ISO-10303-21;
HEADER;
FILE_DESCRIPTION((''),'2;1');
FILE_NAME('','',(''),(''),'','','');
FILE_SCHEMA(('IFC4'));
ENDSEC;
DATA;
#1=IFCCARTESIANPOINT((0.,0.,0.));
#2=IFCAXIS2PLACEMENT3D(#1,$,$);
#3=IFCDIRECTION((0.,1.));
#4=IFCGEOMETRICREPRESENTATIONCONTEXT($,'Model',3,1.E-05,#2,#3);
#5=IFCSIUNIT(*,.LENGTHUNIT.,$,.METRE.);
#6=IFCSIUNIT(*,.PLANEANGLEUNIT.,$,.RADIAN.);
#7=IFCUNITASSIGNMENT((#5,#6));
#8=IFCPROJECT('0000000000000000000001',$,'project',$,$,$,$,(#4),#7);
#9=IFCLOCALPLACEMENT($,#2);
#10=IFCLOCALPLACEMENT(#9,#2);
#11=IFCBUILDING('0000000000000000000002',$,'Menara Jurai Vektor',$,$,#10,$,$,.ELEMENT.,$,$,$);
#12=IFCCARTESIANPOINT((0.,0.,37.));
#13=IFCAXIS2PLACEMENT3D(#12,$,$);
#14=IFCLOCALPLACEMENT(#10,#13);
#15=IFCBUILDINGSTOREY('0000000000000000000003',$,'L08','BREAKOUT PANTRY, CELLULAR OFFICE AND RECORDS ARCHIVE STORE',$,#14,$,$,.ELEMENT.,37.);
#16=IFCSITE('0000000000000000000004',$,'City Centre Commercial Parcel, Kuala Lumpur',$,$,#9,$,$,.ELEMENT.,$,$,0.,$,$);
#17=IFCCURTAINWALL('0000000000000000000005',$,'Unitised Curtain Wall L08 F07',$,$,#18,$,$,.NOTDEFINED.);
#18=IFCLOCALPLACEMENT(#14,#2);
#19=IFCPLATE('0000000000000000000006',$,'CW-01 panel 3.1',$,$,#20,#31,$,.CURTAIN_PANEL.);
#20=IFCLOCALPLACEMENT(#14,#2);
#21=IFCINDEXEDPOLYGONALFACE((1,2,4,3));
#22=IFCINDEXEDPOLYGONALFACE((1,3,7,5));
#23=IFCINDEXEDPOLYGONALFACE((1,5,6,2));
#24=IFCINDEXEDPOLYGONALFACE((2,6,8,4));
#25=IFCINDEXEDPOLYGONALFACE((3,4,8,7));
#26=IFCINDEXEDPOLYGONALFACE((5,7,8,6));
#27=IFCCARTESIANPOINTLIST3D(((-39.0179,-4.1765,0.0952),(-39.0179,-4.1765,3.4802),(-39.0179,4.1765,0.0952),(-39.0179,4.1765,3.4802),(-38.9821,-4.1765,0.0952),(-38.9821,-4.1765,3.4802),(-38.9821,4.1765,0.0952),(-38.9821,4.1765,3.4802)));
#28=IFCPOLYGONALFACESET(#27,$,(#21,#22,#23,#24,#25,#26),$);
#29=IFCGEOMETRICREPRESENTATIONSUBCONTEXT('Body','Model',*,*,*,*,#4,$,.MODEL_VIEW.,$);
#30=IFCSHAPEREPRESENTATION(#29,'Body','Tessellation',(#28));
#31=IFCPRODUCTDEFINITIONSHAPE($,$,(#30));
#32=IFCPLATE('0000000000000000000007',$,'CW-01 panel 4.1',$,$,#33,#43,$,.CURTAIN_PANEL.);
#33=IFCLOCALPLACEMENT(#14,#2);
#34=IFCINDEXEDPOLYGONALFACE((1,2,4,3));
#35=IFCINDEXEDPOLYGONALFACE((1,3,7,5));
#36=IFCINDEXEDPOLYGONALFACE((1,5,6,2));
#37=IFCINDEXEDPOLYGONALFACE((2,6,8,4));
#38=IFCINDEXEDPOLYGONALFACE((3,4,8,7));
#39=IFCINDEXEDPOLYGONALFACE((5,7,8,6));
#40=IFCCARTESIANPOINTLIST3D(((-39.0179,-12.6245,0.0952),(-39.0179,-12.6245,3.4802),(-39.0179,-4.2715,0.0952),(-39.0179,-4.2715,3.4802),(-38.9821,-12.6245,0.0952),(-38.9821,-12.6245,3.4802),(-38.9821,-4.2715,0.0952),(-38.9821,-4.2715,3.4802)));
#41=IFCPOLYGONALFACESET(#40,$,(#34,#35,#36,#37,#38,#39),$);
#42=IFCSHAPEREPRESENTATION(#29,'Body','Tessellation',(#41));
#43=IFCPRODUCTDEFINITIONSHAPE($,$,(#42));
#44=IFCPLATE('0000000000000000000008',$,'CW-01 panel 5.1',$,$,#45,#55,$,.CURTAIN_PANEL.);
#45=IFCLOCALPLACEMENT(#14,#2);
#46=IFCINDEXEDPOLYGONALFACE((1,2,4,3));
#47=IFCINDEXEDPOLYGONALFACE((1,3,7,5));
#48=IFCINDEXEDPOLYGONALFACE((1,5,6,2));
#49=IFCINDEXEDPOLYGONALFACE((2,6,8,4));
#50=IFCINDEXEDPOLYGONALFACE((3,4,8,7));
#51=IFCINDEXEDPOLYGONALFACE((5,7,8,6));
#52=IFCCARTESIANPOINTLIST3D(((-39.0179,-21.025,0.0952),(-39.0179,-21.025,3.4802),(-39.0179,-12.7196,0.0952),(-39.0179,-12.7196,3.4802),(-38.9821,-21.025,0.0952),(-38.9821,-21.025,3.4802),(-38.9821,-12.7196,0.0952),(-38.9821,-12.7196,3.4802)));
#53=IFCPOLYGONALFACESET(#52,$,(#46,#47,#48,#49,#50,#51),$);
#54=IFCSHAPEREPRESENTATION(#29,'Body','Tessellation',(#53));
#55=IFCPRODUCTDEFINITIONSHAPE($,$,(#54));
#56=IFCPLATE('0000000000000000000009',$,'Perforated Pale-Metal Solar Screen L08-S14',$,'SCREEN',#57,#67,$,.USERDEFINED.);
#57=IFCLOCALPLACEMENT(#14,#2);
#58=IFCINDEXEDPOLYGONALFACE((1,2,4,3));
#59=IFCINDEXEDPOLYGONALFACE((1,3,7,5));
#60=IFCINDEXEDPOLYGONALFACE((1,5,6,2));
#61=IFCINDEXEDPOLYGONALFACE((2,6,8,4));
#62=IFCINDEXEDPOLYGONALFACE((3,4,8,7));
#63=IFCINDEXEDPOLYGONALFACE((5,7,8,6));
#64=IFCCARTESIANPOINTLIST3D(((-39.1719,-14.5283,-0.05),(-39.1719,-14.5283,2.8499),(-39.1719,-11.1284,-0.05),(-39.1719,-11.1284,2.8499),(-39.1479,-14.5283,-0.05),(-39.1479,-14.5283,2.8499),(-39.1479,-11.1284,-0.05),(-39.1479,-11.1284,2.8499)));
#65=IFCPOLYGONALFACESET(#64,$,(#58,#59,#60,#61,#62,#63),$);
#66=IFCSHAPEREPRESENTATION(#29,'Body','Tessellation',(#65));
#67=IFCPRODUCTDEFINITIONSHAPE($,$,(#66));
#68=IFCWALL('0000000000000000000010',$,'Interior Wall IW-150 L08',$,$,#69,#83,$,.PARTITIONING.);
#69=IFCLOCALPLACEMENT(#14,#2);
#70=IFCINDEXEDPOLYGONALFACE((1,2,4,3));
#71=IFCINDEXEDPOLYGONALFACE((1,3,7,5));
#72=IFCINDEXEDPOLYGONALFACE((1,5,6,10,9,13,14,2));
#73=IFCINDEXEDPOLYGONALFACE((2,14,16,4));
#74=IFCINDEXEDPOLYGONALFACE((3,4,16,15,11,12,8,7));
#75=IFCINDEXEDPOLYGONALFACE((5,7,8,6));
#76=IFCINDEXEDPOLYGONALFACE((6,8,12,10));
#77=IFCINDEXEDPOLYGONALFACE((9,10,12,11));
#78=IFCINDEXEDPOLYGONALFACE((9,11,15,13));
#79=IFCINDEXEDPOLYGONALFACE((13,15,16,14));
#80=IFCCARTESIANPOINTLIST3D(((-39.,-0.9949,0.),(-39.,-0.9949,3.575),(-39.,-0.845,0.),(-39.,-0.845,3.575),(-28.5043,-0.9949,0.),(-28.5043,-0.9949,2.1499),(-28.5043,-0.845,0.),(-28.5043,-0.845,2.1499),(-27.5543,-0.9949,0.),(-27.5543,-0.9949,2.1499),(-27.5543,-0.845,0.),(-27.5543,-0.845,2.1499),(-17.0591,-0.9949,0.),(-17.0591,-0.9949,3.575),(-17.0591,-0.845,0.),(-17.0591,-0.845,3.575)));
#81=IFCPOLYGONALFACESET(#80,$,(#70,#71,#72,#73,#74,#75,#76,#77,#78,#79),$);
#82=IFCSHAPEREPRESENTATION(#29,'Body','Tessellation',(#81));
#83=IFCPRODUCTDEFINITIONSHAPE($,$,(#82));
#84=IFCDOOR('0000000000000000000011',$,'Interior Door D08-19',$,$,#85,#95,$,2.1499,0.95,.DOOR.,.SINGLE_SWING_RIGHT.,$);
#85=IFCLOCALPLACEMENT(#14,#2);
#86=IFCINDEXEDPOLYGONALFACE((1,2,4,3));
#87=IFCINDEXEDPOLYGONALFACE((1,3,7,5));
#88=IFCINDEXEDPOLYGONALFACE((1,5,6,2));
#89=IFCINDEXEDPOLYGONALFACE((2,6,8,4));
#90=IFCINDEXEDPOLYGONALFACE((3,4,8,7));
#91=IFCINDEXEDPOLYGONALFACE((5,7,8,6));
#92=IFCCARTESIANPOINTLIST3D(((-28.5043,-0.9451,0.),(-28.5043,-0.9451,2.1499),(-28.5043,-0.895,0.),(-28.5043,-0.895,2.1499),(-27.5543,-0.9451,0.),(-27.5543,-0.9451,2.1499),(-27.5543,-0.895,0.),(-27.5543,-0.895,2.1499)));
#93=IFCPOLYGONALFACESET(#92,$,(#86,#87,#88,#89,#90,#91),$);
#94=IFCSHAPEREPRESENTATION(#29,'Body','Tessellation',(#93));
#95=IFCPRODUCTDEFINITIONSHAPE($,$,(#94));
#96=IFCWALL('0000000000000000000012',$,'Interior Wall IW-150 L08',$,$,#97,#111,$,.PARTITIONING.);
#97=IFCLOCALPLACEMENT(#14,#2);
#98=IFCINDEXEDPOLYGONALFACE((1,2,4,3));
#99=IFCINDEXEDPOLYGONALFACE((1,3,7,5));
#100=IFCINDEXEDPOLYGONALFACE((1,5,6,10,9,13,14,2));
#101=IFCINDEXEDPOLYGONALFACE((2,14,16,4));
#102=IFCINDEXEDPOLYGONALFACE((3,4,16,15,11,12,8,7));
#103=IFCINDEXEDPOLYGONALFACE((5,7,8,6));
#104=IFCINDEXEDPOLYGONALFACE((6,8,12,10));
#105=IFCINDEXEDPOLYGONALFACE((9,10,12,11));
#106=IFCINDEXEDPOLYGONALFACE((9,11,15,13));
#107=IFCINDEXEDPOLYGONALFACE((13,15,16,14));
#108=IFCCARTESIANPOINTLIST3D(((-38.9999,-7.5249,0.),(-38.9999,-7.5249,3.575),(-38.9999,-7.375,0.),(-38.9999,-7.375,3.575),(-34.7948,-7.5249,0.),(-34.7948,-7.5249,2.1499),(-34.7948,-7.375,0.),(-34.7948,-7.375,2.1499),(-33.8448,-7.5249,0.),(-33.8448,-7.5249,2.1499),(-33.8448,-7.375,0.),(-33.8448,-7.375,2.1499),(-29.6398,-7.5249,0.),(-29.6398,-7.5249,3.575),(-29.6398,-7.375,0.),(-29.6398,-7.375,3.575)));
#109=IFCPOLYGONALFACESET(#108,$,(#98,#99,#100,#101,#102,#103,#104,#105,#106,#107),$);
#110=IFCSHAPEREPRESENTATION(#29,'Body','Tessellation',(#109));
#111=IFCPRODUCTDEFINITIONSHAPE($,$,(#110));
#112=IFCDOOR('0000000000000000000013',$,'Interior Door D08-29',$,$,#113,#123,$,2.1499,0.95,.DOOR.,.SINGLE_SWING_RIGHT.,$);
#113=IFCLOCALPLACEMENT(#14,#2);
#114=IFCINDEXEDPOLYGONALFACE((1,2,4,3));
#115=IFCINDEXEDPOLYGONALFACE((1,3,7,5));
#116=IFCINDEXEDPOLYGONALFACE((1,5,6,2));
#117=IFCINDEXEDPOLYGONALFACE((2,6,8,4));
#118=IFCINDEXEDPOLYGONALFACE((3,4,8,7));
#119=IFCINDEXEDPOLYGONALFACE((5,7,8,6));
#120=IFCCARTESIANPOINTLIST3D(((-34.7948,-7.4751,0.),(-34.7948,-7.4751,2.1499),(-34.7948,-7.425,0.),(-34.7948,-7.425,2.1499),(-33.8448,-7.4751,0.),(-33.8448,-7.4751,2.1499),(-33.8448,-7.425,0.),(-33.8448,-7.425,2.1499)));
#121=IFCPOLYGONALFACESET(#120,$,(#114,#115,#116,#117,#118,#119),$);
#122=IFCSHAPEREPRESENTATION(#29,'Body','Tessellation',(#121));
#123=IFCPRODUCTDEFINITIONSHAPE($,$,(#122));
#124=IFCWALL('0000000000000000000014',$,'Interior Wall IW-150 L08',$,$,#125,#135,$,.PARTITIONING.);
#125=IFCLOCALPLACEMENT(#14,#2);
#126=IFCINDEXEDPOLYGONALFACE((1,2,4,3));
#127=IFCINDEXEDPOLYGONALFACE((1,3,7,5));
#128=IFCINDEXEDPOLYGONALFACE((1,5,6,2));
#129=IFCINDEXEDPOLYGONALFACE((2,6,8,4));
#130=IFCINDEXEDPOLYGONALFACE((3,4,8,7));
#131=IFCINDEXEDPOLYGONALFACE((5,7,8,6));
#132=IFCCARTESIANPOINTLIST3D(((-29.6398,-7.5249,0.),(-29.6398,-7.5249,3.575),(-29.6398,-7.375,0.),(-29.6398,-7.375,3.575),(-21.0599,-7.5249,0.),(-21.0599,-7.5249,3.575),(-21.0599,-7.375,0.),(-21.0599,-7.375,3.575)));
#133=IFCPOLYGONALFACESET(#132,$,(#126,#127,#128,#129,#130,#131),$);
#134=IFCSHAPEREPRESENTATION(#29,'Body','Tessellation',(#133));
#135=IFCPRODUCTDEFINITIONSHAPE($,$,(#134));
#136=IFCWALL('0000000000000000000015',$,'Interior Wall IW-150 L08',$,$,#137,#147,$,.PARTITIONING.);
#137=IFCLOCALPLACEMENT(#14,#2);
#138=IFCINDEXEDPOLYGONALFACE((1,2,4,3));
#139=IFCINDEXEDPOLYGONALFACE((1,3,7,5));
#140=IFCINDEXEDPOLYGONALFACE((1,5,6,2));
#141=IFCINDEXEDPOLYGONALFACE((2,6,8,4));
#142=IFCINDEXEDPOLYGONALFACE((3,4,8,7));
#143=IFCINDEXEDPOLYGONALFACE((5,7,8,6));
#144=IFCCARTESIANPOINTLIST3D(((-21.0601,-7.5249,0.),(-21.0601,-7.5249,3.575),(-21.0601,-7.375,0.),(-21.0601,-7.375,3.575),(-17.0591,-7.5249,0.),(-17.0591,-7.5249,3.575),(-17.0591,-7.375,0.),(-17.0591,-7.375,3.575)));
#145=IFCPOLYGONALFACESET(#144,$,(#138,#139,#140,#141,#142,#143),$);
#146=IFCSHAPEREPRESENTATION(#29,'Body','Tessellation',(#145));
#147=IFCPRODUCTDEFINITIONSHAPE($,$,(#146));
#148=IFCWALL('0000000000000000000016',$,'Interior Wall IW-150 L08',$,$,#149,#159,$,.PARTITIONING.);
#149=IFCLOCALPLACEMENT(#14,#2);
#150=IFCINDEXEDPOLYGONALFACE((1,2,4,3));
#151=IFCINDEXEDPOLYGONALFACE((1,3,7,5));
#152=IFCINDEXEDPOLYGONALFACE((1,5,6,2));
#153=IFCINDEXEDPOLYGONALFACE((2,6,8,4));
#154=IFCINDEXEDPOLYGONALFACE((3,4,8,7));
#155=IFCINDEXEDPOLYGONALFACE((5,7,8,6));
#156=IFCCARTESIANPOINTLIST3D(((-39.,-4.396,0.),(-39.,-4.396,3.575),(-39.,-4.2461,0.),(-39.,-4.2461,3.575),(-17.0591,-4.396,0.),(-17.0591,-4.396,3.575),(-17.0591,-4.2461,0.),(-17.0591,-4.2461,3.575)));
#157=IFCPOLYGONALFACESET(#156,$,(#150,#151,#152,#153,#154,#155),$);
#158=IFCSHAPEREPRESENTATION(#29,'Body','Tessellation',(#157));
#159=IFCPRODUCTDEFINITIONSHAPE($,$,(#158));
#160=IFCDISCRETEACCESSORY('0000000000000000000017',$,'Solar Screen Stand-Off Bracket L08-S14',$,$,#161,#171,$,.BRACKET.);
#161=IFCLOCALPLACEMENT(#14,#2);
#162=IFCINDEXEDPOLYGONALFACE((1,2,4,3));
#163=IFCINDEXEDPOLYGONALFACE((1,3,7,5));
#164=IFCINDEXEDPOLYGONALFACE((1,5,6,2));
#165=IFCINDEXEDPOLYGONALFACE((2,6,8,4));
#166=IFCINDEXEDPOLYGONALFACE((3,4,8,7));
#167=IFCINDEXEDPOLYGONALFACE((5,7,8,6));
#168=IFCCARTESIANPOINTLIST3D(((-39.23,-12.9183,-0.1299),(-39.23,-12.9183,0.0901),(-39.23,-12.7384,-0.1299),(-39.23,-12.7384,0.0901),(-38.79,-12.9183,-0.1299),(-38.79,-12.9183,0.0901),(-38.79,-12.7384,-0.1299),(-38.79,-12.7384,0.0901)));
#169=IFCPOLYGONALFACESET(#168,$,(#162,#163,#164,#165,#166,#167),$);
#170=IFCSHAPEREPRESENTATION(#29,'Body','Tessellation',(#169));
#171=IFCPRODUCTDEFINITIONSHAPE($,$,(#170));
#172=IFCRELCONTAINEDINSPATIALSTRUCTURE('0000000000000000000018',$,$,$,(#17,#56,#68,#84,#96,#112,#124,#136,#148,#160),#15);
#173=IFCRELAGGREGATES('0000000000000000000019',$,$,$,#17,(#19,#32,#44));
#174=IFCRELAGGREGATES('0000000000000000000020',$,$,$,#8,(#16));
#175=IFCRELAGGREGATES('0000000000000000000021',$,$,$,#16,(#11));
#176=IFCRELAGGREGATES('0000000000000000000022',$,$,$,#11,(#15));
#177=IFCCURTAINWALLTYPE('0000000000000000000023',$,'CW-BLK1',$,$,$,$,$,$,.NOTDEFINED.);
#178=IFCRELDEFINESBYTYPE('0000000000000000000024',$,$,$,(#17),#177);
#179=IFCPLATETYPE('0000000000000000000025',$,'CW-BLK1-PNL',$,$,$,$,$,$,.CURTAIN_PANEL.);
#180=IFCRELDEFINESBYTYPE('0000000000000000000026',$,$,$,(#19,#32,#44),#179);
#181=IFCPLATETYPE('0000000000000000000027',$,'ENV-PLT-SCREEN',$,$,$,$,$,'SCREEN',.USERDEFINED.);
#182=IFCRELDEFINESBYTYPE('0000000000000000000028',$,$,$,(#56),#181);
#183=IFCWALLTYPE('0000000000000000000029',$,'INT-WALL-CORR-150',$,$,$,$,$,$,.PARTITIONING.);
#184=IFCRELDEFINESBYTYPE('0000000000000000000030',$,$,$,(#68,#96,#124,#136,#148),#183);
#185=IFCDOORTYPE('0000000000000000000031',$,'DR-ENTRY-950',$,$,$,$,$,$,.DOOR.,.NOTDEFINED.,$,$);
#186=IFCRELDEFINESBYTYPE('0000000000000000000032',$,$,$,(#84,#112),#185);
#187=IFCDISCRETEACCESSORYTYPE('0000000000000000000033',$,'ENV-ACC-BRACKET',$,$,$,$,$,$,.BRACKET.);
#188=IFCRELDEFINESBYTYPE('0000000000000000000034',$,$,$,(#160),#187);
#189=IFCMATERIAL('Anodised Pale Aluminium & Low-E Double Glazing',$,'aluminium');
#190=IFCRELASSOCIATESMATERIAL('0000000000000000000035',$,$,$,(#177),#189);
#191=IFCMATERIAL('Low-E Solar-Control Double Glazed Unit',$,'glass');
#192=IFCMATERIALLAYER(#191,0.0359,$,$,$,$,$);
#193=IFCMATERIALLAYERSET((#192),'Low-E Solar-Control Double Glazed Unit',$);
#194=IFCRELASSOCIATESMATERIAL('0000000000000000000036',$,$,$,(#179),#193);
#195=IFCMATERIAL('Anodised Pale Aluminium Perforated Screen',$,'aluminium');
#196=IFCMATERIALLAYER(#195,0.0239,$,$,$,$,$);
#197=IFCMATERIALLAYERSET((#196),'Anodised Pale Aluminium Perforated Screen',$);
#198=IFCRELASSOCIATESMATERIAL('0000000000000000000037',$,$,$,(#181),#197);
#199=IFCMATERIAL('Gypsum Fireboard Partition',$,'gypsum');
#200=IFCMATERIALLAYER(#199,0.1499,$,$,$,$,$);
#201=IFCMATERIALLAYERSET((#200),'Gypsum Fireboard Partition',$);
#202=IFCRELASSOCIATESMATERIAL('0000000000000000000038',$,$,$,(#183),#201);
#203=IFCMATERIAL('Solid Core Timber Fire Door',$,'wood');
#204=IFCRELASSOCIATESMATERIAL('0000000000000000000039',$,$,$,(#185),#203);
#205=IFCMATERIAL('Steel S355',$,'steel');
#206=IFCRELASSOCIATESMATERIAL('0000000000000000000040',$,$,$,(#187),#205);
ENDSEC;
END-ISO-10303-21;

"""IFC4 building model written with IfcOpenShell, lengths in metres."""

from ifc_helpers import new_model, si_unit, direction, frame, frame_2d, origin, origin_2d, place, context, subcontext, project, spatial, rectangle, extrude, material, layer, layer_set, type_object, element, fill, aggregate, save


model = new_model("IFC4")

# Units and contexts
model_context = context("Model", 3, precision=1e-05, world=origin(), true_north=direction((0.0, 1.0)))
body_context = subcontext(model_context, "Body", "Model", "MODEL_VIEW")
ifc_project = project(units=[si_unit("LENGTHUNIT", "METRE"), si_unit("PLANEANGLEUNIT", "RADIAN")], contexts=[model_context])

# Site, building, storey
site_placement = place(None, origin())
site = spatial("IfcSite", under=ifc_project, at=site_placement, Name="City Centre Commercial Parcel, Kuala Lumpur", CompositionType="ELEMENT", RefElevation=0.0)
building_placement = place(site_placement, origin())
building = spatial("IfcBuilding", under=site, at=building_placement, Name="Menara Jurai Vektor", CompositionType="ELEMENT")
storey_placement = place(building_placement, frame((0.0, 0.0, 37.0)))
storey = spatial("IfcBuildingStorey", under=building, at=storey_placement, Name="L08", Description="BREAKOUT PANTRY, CELLULAR OFFICE AND RECORDS ARCHIVE STORE", CompositionType="ELEMENT", Elevation=37.0)

# Curtain wall
ifc_material_1 = material(Name="Anodised Pale Aluminium & Low-E Double Glazing", Category="aluminium")
curtain_wall_type = type_object("IfcCurtainWallType", Name="CW-BLK1", PredefinedType="NOTDEFINED", material=ifc_material_1)
curtain_wall_placement = place(storey_placement, origin())
curtain_wall = element("IfcCurtainWall", 1, at=curtain_wall_placement, inside=storey, type_object=curtain_wall_type, Name="Unitised Curtain Wall L08 F07", PredefinedType="NOTDEFINED")

# Shared definitions
ifc_material_2 = material(Name="Steel S355", Category="steel")

# Plates
ifc_material_3 = material(Name="Low-E Solar-Control Double Glazed Unit", Category="glass")
ifc_layer_1 = layer(ifc_material_3, 0.0359)
ifc_layer_set_1 = layer_set([ifc_layer_1], Name="Low-E Solar-Control Double Glazed Unit")
plate_type_1 = type_object("IfcPlateType", Name="CW-BLK1-PNL", PredefinedType="CURTAIN_PANEL", material=ifc_layer_set_1)
plate_1_placement = place(storey_placement, frame((-39.0, 0.0, 0.0952), z_axis=(0.0, 0.0, 1.0), x_axis=(0.0, -1.0, 0.0)))
plate_1 = element("IfcPlate", 2, at=plate_1_placement, type_object=plate_type_1, Name="CW-01 panel 3.1", PredefinedType="CURTAIN_PANEL", context=body_context, shape_type="SweptSolid", body=[
    extrude(rectangle(XDim=8.353, YDim=0.0359, at=origin_2d()), origin(), (0.0, 0.0, 1.0), 3.385),
])
plate_2_placement = place(storey_placement, frame((-39.0, -8.448, 0.0952), z_axis=(0.0, 0.0, 1.0), x_axis=(0.0, -1.0, 0.0)))
plate_2 = element("IfcPlate", 3, at=plate_2_placement, type_object=plate_type_1, Name="CW-01 panel 4.1", PredefinedType="CURTAIN_PANEL", context=body_context, shape_type="SweptSolid", body=[
    extrude(rectangle(XDim=8.353, YDim=0.0359, at=origin_2d()), origin(), (0.0, 0.0, 1.0), 3.385),
])
plate_3_placement = place(storey_placement, frame((-39.0, -16.8723, 0.0952), z_axis=(0.0, 0.0, 1.0), x_axis=(0.0, -1.0, 0.0)))
plate_3 = element("IfcPlate", 4, at=plate_3_placement, type_object=plate_type_1, Name="CW-01 panel 5.1", PredefinedType="CURTAIN_PANEL", context=body_context, shape_type="SweptSolid", body=[
    extrude(rectangle(XDim=8.3054, YDim=0.0359, at=origin_2d()), origin(), (0.0, 0.0, 1.0), 3.385),
])
aggregate(curtain_wall, [plate_1, plate_2, plate_3])
ifc_material_4 = material(Name="Anodised Pale Aluminium Perforated Screen", Category="aluminium")
ifc_layer_2 = layer(ifc_material_4, 0.0239)
ifc_layer_set_2 = layer_set([ifc_layer_2], Name="Anodised Pale Aluminium Perforated Screen")
plate_type_2 = type_object("IfcPlateType", Name="ENV-PLT-SCREEN", ElementType="SCREEN", PredefinedType="USERDEFINED", material=ifc_layer_set_2)
plate_4_placement = place(storey_placement, frame((-39.1599, -12.8284, -0.05), z_axis=(0.0, 0.0, 1.0), x_axis=(0.0, -1.0, 0.0)))
element("IfcPlate", 5, at=plate_4_placement, inside=storey, type_object=plate_type_2, Name="Perforated Pale-Metal Solar Screen L08-S14", ObjectType="SCREEN", PredefinedType="USERDEFINED", context=body_context, shape_type="SweptSolid", body=[
    extrude(rectangle(XDim=3.3999, YDim=0.0239, at=origin_2d()), origin(), (0.0, 0.0, 1.0), 2.8999),
])

# Walls, openings, doors
ifc_material_5 = material(Name="Gypsum Fireboard Partition", Category="gypsum")
ifc_layer_3 = layer(ifc_material_5, 0.1499)
ifc_layer_set_3 = layer_set([ifc_layer_3], Name="Gypsum Fireboard Partition")
wall_type = type_object("IfcWallType", Name="INT-WALL-CORR-150", PredefinedType="PARTITIONING", material=ifc_layer_set_3)
wall_1_placement = place(storey_placement, frame((-39.0, -0.9199, 0.0), z_axis=(0.0, 0.0, 1.0), x_axis=(1.0, 0.0, 0.0)))
wall_1 = element("IfcWall", 6, at=wall_1_placement, inside=storey, type_object=wall_type, Name="Interior Wall IW-150 L08", PredefinedType="PARTITIONING", context=body_context, shape_type="SweptSolid", body=[
    extrude(rectangle(XDim=21.9409, YDim=0.1499, at=frame_2d((10.9705, 0.0))), origin(), (0.0, 0.0, 1.0), 3.575),
])
opening_1_placement = place(wall_1_placement, frame((10.4956, 0.0, 0.0)))
opening_1 = element("IfcOpeningElement", 7, at=opening_1_placement, cuts=wall_1, PredefinedType="OPENING", context=body_context, shape_type="SweptSolid", body=[
    extrude(rectangle(XDim=0.95, YDim=2.1499, at=frame_2d((0.4751, 1.075))), frame((0.0, 0.085, 0.0), z_axis=(0.0, -1.0, 0.0), x_axis=(1.0, 0.0, 0.0)), (0.0, 0.0, 1.0), 0.1699),
])
ifc_material_6 = material(Name="Solid Core Timber Fire Door", Category="wood")
door_type = type_object("IfcDoorType", Name="DR-ENTRY-950", OperationType="NOTDEFINED", PredefinedType="DOOR", material=ifc_material_6)
door_1_placement = place(opening_1_placement, origin())
door_1 = element("IfcDoor", 8, at=door_1_placement, inside=storey, type_object=door_type, Name="Interior Door D08-19", OperationType="SINGLE_SWING_RIGHT", OverallHeight=2.1499, OverallWidth=0.95, PredefinedType="DOOR", context=body_context, shape_type="SweptSolid", body=[
    extrude(rectangle(XDim=0.95, YDim=2.1499, at=frame_2d((0.4751, 1.075))), frame((0.0, 0.0249, 0.0), z_axis=(0.0, -1.0, 0.0), x_axis=(1.0, 0.0, 0.0)), (0.0, 0.0, 1.0), 0.05),
])
fill(opening_1, door_1)
wall_2_placement = place(storey_placement, frame((-39.0, -7.45, 0.0), z_axis=(0.0, 0.0, 1.0), x_axis=(1.0, 0.0, 0.0)))
wall_2 = element("IfcWall", 9, at=wall_2_placement, inside=storey, type_object=wall_type, Name="Interior Wall IW-150 L08", PredefinedType="PARTITIONING", context=body_context, shape_type="SweptSolid", body=[
    extrude(rectangle(XDim=9.3601, YDim=0.1499, at=frame_2d((4.6802, 0.0))), origin(), (0.0, 0.0, 1.0), 3.575),
])
opening_2_placement = place(wall_2_placement, frame((4.2051, 0.0, 0.0)))
opening_2 = element("IfcOpeningElement", 10, at=opening_2_placement, cuts=wall_2, PredefinedType="OPENING", context=body_context, shape_type="SweptSolid", body=[
    extrude(rectangle(XDim=0.95, YDim=2.1499, at=frame_2d((0.4751, 1.075))), frame((0.0, 0.085, 0.0), z_axis=(0.0, -1.0, 0.0), x_axis=(1.0, 0.0, 0.0)), (0.0, 0.0, 1.0), 0.1699),
])
door_2_placement = place(opening_2_placement, origin())
door_2 = element("IfcDoor", 11, at=door_2_placement, inside=storey, type_object=door_type, Name="Interior Door D08-29", OperationType="SINGLE_SWING_RIGHT", OverallHeight=2.1499, OverallWidth=0.95, PredefinedType="DOOR", context=body_context, shape_type="SweptSolid", body=[
    extrude(rectangle(XDim=0.95, YDim=2.1499, at=frame_2d((0.4751, 1.075))), frame((0.0, 0.0249, 0.0), z_axis=(0.0, -1.0, 0.0), x_axis=(1.0, 0.0, 0.0)), (0.0, 0.0, 1.0), 0.05),
])
fill(opening_2, door_2)

# Walls
wall_3_placement = place(storey_placement, frame((-29.6399, -7.45, 0.0), z_axis=(0.0, 0.0, 1.0), x_axis=(1.0, 0.0, 0.0)))
element("IfcWall", 12, at=wall_3_placement, inside=storey, type_object=wall_type, Name="Interior Wall IW-150 L08", PredefinedType="PARTITIONING", context=body_context, shape_type="SweptSolid", body=[
    extrude(rectangle(XDim=8.5798, YDim=0.1499, at=frame_2d((4.29, 0.0))), origin(), (0.0, 0.0, 1.0), 3.575),
])
wall_4_placement = place(storey_placement, frame((-21.0601, -7.45, 0.0), z_axis=(0.0, 0.0, 1.0), x_axis=(1.0, 0.0, 0.0)))
element("IfcWall", 13, at=wall_4_placement, inside=storey, type_object=wall_type, Name="Interior Wall IW-150 L08", PredefinedType="PARTITIONING", context=body_context, shape_type="SweptSolid", body=[
    extrude(rectangle(XDim=4.001, YDim=0.1499, at=frame_2d((2.0005, 0.0))), origin(), (0.0, 0.0, 1.0), 3.575),
])
wall_5_placement = place(storey_placement, frame((-39.0, -4.321, 0.0), z_axis=(0.0, 0.0, 1.0), x_axis=(1.0, 0.0, 0.0)))
element("IfcWall", 14, at=wall_5_placement, inside=storey, type_object=wall_type, Name="Interior Wall IW-150 L08", PredefinedType="PARTITIONING", context=body_context, shape_type="SweptSolid", body=[
    extrude(rectangle(XDim=21.9409, YDim=0.1499, at=frame_2d((10.9705, 0.0))), origin(), (0.0, 0.0, 1.0), 3.575),
])

# Discrete accessory
discrete_accessory_type = type_object("IfcDiscreteAccessoryType", Name="ENV-ACC-BRACKET", PredefinedType="BRACKET", material=ifc_material_2)
discrete_accessory_placement = place(storey_placement, frame((-39.01, -12.8284, -0.1299), z_axis=(0.0, 0.0, 1.0), x_axis=(0.0, -1.0, 0.0)))
element("IfcDiscreteAccessory", 15, at=discrete_accessory_placement, inside=storey, type_object=discrete_accessory_type, Name="Solar Screen Stand-Off Bracket L08-S14", PredefinedType="BRACKET", context=body_context, shape_type="SweptSolid", body=[
    extrude(rectangle(XDim=0.1799, YDim=0.4399, at=origin_2d()), origin(), (0.0, 0.0, 1.0), 0.22),
])

save(model, "model.ifc")
